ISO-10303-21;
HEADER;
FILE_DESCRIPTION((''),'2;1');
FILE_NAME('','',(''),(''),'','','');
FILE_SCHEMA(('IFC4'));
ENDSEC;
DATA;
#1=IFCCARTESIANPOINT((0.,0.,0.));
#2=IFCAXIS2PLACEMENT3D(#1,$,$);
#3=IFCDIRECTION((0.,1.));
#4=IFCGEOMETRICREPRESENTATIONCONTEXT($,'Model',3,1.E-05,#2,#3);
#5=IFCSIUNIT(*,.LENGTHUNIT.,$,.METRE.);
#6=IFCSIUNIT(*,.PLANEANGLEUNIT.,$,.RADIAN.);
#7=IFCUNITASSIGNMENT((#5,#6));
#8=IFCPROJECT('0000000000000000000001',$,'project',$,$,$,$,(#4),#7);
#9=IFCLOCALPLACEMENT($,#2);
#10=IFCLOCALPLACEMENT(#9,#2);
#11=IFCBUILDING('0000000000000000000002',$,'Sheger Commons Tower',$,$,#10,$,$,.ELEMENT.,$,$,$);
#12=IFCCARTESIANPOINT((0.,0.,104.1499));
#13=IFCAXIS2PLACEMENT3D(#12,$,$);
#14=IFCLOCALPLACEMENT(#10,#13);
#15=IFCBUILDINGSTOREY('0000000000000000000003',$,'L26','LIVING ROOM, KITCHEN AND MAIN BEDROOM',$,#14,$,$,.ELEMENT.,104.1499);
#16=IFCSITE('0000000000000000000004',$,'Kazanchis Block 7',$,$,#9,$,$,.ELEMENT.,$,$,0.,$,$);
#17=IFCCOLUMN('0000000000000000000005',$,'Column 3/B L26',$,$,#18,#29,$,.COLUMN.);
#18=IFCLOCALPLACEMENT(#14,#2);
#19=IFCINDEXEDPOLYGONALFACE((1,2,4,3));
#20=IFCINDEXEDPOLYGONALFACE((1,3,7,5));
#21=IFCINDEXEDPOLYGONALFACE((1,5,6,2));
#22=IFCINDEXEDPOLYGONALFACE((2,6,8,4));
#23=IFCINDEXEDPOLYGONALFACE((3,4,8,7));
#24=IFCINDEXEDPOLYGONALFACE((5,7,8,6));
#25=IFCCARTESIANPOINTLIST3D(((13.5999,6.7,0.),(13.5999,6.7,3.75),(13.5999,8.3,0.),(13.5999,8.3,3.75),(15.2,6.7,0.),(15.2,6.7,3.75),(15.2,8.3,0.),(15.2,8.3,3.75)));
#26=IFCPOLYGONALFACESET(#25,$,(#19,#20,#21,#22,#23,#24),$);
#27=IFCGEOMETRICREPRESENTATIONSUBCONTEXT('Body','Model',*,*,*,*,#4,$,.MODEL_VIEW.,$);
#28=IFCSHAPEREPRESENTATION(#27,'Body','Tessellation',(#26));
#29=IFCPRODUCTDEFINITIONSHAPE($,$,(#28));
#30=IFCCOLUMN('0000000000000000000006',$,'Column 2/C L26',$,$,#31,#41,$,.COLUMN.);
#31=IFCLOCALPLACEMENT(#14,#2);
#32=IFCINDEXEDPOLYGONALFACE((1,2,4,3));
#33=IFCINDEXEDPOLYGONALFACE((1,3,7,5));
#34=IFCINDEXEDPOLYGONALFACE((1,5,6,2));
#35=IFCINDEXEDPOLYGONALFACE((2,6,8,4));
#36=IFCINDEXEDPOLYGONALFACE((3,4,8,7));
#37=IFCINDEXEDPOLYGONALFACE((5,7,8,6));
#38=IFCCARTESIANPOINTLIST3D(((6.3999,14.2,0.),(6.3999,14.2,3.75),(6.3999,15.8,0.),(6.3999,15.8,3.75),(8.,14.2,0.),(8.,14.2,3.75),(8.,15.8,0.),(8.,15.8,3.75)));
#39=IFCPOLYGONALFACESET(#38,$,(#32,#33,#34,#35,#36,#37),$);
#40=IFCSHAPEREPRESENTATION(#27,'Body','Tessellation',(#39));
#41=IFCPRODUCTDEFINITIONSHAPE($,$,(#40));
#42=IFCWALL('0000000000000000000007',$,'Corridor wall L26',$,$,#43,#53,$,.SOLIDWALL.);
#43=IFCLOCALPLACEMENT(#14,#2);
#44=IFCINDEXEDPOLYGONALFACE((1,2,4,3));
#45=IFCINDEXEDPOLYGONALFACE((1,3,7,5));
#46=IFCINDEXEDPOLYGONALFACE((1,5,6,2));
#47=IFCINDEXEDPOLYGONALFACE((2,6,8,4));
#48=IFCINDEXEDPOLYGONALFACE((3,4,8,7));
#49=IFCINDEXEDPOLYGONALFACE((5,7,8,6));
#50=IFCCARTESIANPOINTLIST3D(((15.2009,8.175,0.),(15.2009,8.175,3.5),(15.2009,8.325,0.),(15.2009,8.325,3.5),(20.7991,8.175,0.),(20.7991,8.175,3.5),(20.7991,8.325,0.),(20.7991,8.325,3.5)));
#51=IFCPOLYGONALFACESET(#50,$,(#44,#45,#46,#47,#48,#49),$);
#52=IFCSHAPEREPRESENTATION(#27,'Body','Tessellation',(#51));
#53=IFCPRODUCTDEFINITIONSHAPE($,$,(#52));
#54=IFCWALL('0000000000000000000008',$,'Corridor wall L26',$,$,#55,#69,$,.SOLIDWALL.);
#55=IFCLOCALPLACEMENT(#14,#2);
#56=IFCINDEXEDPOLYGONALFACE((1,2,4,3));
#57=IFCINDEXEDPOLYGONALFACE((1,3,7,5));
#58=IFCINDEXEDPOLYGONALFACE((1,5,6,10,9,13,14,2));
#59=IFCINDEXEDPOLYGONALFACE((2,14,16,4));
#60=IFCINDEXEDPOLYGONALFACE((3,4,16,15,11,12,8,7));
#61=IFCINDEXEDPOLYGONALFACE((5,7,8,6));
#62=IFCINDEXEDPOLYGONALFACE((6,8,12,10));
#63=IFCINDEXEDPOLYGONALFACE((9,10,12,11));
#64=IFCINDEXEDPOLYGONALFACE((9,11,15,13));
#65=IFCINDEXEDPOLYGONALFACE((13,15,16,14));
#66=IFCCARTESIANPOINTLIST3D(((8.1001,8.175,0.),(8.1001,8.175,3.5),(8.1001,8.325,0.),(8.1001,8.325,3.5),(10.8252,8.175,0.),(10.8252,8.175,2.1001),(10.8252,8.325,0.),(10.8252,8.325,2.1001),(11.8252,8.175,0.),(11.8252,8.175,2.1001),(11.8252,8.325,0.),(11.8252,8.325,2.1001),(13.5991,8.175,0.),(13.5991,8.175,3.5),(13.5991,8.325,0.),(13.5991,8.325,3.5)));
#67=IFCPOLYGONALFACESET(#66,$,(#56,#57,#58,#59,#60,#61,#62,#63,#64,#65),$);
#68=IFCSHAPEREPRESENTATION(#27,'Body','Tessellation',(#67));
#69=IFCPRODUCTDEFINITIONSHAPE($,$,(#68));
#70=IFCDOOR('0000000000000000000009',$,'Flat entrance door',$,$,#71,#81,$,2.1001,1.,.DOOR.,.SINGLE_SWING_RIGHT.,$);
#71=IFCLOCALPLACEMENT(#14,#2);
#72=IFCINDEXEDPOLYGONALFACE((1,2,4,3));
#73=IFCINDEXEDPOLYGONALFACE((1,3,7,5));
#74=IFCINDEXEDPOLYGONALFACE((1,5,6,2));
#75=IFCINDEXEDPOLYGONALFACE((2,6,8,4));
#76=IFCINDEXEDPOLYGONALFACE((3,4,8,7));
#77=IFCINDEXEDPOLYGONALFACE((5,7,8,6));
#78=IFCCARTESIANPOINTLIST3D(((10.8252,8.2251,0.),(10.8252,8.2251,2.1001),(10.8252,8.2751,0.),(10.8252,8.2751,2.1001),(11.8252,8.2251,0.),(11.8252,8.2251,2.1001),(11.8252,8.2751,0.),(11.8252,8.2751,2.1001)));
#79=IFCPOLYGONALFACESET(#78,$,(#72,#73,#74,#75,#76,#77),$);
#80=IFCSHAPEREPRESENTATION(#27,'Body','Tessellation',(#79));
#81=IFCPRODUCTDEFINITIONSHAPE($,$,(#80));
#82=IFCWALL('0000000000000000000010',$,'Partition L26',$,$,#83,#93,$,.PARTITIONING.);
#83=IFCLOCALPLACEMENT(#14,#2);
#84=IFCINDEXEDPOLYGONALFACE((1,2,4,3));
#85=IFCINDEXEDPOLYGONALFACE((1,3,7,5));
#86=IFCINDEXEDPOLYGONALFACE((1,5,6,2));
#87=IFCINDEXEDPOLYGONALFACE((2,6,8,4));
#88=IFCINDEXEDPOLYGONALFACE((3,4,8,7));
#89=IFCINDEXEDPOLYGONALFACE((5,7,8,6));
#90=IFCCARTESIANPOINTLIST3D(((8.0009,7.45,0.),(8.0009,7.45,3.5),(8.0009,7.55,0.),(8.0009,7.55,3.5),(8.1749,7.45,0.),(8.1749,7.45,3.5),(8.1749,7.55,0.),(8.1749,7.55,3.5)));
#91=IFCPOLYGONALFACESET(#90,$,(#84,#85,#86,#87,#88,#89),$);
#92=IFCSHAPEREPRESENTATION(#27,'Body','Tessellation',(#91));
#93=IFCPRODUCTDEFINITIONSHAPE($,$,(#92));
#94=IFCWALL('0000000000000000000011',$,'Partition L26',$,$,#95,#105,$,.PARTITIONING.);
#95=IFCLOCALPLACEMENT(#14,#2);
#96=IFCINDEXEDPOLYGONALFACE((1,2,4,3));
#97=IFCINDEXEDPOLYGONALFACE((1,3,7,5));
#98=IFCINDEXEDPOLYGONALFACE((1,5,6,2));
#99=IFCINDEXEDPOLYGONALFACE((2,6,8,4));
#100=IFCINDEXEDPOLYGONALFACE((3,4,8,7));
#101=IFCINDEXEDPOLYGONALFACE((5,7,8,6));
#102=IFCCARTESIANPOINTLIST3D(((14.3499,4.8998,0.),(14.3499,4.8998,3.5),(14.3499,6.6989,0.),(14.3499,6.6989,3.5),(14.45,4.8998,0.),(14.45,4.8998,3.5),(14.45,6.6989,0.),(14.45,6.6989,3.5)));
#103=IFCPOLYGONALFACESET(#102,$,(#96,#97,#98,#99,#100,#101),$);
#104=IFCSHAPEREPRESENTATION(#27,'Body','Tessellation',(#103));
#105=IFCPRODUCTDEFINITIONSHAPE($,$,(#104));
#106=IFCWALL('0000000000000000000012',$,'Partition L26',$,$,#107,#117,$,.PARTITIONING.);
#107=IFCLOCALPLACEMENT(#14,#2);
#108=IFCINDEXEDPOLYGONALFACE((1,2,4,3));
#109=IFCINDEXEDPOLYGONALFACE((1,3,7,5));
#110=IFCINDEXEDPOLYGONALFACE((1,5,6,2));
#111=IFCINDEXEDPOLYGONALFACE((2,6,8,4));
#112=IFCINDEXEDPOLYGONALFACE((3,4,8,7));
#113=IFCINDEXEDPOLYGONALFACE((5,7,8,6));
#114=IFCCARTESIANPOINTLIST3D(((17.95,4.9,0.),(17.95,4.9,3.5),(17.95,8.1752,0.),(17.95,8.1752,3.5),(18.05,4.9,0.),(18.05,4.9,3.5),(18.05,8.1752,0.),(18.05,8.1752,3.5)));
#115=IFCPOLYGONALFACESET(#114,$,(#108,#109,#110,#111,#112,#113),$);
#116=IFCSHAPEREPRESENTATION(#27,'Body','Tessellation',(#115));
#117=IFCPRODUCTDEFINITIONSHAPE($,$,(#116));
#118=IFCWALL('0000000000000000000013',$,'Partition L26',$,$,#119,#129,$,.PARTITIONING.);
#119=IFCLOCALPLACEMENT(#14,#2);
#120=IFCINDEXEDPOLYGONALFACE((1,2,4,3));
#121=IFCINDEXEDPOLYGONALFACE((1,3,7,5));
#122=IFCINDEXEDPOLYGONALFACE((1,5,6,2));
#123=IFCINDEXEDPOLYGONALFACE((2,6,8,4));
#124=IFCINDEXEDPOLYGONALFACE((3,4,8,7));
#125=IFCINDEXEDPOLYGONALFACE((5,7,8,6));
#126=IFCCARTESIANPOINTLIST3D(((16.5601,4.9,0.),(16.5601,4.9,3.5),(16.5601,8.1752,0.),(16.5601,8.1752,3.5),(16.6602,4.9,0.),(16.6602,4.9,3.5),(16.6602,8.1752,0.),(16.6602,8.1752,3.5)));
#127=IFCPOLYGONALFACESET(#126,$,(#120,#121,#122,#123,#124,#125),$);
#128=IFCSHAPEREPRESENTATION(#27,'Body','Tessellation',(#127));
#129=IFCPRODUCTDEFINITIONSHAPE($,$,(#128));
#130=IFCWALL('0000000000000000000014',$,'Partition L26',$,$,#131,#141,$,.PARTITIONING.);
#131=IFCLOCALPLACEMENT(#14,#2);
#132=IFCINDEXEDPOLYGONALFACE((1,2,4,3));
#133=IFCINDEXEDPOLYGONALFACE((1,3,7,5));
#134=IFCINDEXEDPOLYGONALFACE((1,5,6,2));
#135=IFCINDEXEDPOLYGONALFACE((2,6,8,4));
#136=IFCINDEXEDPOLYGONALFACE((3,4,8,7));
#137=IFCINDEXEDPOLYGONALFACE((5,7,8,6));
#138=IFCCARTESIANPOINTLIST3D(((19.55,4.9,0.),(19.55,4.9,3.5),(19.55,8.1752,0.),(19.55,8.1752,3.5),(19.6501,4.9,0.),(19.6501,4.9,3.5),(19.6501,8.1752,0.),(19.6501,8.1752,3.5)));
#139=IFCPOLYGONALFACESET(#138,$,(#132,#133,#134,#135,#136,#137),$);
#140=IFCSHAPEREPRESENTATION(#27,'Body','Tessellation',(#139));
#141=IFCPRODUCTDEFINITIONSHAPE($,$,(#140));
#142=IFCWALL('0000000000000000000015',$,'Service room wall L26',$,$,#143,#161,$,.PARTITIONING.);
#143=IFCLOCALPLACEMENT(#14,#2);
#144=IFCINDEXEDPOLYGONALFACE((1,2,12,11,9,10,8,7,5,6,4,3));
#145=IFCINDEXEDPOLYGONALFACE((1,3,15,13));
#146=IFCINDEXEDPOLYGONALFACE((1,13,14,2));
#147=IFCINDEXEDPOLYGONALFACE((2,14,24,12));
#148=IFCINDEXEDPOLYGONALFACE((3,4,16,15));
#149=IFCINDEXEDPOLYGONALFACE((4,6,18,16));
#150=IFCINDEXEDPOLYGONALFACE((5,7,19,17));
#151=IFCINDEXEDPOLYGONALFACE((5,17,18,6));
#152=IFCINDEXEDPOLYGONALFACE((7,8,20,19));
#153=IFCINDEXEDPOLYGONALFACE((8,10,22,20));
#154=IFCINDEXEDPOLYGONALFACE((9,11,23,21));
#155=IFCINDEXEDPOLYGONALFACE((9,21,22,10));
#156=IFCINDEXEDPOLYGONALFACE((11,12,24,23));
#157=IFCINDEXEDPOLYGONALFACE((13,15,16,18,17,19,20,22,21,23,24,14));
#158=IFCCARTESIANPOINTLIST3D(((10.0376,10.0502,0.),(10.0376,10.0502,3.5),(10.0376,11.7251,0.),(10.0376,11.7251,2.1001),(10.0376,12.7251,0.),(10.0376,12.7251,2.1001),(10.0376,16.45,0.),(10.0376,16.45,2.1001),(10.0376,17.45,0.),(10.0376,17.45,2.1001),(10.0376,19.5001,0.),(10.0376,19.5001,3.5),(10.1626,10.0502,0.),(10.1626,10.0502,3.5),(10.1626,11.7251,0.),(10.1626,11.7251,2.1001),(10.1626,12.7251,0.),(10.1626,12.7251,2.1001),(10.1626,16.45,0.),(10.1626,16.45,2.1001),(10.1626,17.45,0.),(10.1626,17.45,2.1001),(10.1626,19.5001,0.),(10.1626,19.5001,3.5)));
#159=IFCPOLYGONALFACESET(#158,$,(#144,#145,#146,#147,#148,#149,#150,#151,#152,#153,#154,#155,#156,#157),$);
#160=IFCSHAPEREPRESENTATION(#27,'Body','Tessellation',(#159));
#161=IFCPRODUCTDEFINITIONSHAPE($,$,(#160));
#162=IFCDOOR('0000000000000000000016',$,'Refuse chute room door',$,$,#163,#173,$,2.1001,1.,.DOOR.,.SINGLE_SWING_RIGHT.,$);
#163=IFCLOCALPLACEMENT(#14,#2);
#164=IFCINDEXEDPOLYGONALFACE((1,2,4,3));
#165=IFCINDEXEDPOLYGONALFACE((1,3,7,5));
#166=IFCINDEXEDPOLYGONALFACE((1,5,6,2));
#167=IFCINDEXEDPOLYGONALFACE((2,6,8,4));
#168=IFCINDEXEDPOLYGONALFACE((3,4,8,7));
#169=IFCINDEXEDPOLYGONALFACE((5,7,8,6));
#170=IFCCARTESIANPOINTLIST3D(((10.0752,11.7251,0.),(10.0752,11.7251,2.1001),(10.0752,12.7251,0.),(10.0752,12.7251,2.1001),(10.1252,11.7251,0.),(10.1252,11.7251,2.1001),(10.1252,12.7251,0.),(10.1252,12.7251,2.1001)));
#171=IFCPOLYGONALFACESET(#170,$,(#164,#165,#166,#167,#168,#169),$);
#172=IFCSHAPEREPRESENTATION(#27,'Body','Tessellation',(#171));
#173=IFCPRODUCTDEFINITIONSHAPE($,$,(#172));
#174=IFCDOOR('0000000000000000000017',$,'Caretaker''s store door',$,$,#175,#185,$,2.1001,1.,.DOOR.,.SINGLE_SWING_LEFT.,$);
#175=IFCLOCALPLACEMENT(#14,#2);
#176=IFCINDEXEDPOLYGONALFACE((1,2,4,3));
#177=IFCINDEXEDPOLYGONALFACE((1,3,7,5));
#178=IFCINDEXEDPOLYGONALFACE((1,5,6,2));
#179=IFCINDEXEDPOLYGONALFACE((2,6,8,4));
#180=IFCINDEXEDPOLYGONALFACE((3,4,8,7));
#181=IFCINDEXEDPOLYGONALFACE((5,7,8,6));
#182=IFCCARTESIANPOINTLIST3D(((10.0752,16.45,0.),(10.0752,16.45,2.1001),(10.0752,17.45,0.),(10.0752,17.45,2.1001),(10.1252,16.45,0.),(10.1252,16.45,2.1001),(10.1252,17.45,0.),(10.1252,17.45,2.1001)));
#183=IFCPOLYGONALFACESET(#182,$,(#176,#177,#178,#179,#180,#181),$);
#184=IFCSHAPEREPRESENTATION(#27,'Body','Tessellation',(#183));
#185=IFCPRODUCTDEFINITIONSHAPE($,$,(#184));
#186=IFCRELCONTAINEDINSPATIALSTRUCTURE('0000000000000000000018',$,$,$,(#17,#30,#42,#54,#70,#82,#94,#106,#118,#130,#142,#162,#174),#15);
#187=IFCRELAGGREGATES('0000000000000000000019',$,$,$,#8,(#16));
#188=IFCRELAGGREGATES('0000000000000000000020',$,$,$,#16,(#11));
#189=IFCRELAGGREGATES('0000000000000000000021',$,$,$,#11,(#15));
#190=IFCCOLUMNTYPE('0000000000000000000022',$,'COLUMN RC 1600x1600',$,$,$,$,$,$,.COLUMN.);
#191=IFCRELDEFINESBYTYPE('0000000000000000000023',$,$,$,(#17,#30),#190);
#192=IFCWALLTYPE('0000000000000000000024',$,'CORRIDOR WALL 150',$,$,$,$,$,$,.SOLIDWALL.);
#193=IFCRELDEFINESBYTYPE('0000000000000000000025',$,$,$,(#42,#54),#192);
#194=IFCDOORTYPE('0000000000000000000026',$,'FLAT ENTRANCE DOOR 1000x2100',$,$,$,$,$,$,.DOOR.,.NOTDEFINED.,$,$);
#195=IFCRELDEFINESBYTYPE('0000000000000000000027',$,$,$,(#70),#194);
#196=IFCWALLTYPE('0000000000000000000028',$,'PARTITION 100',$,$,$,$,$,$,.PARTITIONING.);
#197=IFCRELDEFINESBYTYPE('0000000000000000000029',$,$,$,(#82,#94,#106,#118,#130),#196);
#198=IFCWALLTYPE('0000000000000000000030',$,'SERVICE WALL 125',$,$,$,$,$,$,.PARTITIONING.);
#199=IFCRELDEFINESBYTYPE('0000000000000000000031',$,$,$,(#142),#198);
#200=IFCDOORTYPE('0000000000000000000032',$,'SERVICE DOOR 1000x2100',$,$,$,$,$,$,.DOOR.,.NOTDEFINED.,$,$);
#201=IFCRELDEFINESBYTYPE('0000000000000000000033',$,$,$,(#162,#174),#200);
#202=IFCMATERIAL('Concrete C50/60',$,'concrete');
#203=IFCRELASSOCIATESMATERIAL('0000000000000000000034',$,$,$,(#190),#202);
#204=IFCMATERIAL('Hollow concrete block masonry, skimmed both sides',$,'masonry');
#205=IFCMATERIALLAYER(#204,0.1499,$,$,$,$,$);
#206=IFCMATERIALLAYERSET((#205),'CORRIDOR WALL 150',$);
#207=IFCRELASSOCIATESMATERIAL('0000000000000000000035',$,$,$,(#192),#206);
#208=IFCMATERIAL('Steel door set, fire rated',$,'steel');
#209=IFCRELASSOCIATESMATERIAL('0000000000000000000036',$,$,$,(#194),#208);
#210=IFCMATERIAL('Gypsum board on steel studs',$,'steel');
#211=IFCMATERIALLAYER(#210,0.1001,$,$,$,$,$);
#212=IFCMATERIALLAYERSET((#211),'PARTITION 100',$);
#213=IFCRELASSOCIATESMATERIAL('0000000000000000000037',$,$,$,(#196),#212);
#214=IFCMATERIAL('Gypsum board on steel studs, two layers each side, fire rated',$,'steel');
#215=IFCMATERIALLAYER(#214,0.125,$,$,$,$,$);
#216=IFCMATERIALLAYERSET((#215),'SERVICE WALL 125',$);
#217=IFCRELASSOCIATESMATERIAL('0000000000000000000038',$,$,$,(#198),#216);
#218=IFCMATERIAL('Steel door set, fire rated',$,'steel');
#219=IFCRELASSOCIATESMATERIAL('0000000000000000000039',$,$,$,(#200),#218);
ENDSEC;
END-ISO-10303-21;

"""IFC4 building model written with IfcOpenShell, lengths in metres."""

from ifc_helpers import new_model, si_unit, direction, frame, frame_2d, origin, origin_2d, place, context, subcontext, project, spatial, rectangle, extrude, material, layer, layer_set, material_profile, profile_set, type_object, element, fill, save


model = new_model("IFC4")

# Units and contexts
model_context = context("Model", 3, precision=1e-05, world=origin(), true_north=direction((0.0, 1.0)))
body_context = subcontext(model_context, "Body", "Model", "MODEL_VIEW")
ifc_project = project(units=[si_unit("LENGTHUNIT", "METRE"), si_unit("PLANEANGLEUNIT", "RADIAN")], contexts=[model_context])

# Site, building, storey
site_placement = place(None, origin())
site = spatial("IfcSite", under=ifc_project, at=site_placement, Name="Kazanchis Block 7", CompositionType="ELEMENT", RefElevation=0.0)
building_placement = place(site_placement, origin())
building = spatial("IfcBuilding", under=site, at=building_placement, Name="Sheger Commons Tower", CompositionType="ELEMENT")
storey_placement = place(building_placement, frame((0.0, 0.0, 104.1499)))
storey = spatial("IfcBuildingStorey", under=building, at=storey_placement, Name="L26", Description="LIVING ROOM, KITCHEN AND MAIN BEDROOM", CompositionType="ELEMENT", Elevation=104.1499)

# Columns
ifc_material_1 = material(Name="Concrete C50/60", Category="concrete")
ifc_material_profile = material_profile(ifc_material_1, rectangle(XDim=1.6001, YDim=1.6001, at=origin_2d()), Name="RC 1600x1600")
ifc_profile_set = profile_set([ifc_material_profile], Name="Concrete C50/60")
column_type = type_object("IfcColumnType", Name="COLUMN RC 1600x1600", PredefinedType="COLUMN", material=ifc_profile_set)
for number, where, z_axis, x_axis, name in (
    (1, (14.3999, 7.5, 0.0), (0.0, 0.0, 1.0), (1.0, 0.0, 0.0), "Column 3/B L26"),
    (2, (7.2, 15.0, 0.0), (0.0, 0.0, 1.0), (1.0, 0.0, 0.0), "Column 2/C L26"),
):
    element("IfcColumn", number, at=place(storey_placement, frame(where, z_axis=z_axis, x_axis=x_axis)), inside=storey, type_object=column_type, Name=name, PredefinedType="COLUMN", context=body_context, shape_type="SweptSolid", body=[
        extrude(rectangle(XDim=1.6001, YDim=1.6001, at=origin_2d()), origin(), (0.0, 0.0, 1.0), 3.75),
    ])

# Wall
ifc_material_2 = material(Name="Hollow concrete block masonry, skimmed both sides", Category="masonry")
ifc_layer_1 = layer(ifc_material_2, 0.1499)
ifc_layer_set_1 = layer_set([ifc_layer_1], Name="CORRIDOR WALL 150")
wall_type_1 = type_object("IfcWallType", Name="CORRIDOR WALL 150", PredefinedType="SOLIDWALL", material=ifc_layer_set_1)
wall_1_placement = place(storey_placement, frame((20.7991, 8.25, 0.0), z_axis=(0.0, 0.0, 1.0), x_axis=(-1.0, 0.0, 0.0)))
element("IfcWall", 3, at=wall_1_placement, inside=storey, type_object=wall_type_1, Name="Corridor wall L26", PredefinedType="SOLIDWALL", context=body_context, shape_type="SweptSolid", body=[
    extrude(rectangle(XDim=5.5981, YDim=0.1499, at=frame_2d((2.7991, 0.0))), origin(), (0.0, 0.0, 1.0), 3.5),
])

# Wall, opening, door
wall_2_placement = place(storey_placement, frame((13.5991, 8.25, 0.0), z_axis=(0.0, 0.0, 1.0), x_axis=(-1.0, 0.0, 0.0)))
wall_2 = element("IfcWall", 4, at=wall_2_placement, inside=storey, type_object=wall_type_1, Name="Corridor wall L26", PredefinedType="SOLIDWALL", context=body_context, shape_type="SweptSolid", body=[
    extrude(rectangle(XDim=5.499, YDim=0.1499, at=frame_2d((2.7495, 0.0))), origin(), (0.0, 0.0, 1.0), 3.5),
])
opening_1_placement = place(wall_2_placement, frame((1.7739, 0.0, 0.0)))
opening_1 = element("IfcOpeningElement", 5, at=opening_1_placement, cuts=wall_2, PredefinedType="OPENING", context=body_context, shape_type="SweptSolid", body=[
    extrude(rectangle(XDim=1.0, YDim=2.1001, at=frame_2d((0.5, 1.05))), frame((0.0, 0.085, 0.0), z_axis=(0.0, -1.0, 0.0), x_axis=(1.0, 0.0, 0.0)), (0.0, 0.0, 1.0), 0.1699),
])
ifc_material_3 = material(Name="Steel door set, fire rated", Category="steel")
door_type_1 = type_object("IfcDoorType", Name="FLAT ENTRANCE DOOR 1000x2100", OperationType="NOTDEFINED", PredefinedType="DOOR", material=ifc_material_3)
door_1_placement = place(opening_1_placement, origin())
door_1 = element("IfcDoor", 6, at=door_1_placement, inside=storey, type_object=door_type_1, Name="Flat entrance door", OperationType="SINGLE_SWING_RIGHT", OverallHeight=2.1001, OverallWidth=1.0, PredefinedType="DOOR", context=body_context, shape_type="SweptSolid", body=[
    extrude(rectangle(XDim=1.0, YDim=2.1001, at=frame_2d((0.5, 1.05))), frame((0.0, 0.0249, 0.0), z_axis=(0.0, -1.0, 0.0), x_axis=(1.0, 0.0, 0.0)), (0.0, 0.0, 1.0), 0.05),
])
fill(opening_1, door_1)

# Walls
ifc_material_4 = material(Name="Gypsum board on steel studs", Category="steel")
ifc_layer_2 = layer(ifc_material_4, 0.1001)
ifc_layer_set_2 = layer_set([ifc_layer_2], Name="PARTITION 100")
wall_type_2 = type_object("IfcWallType", Name="PARTITION 100", PredefinedType="PARTITIONING", material=ifc_layer_set_2)
wall_3_placement = place(storey_placement, frame((8.001, 7.5, 0.0), z_axis=(0.0, 0.0, 1.0), x_axis=(1.0, 0.0, 0.0)))
element("IfcWall", 7, at=wall_3_placement, inside=storey, type_object=wall_type_2, Name="Partition L26", PredefinedType="PARTITIONING", context=body_context, shape_type="SweptSolid", body=[
    extrude(rectangle(XDim=0.1741, YDim=0.1001, at=frame_2d((0.0869, 0.0))), origin(), (0.0, 0.0, 1.0), 3.5),
])
wall_4_placement = place(storey_placement, frame((14.3999, 4.8999, 0.0), z_axis=(0.0, 0.0, 1.0), x_axis=(0.0, 1.0, 0.0)))
element("IfcWall", 8, at=wall_4_placement, inside=storey, type_object=wall_type_2, Name="Partition L26", PredefinedType="PARTITIONING", context=body_context, shape_type="SweptSolid", body=[
    extrude(rectangle(XDim=1.7991, YDim=0.1001, at=frame_2d((0.8994, 0.0))), origin(), (0.0, 0.0, 1.0), 3.5),
])
for number, where, z_axis, x_axis, name in (
    (9, (18.0, 4.8999, 0.0), (0.0, 0.0, 1.0), (0.0, 1.0, 0.0), "Partition L26"),
    (10, (16.6101, 4.8999, 0.0), (0.0, 0.0, 1.0), (0.0, 1.0, 0.0), "Partition L26"),
    (11, (19.6001, 4.8999, 0.0), (0.0, 0.0, 1.0), (0.0, 1.0, 0.0), "Partition L26"),
):
    element("IfcWall", number, at=place(storey_placement, frame(where, z_axis=z_axis, x_axis=x_axis)), inside=storey, type_object=wall_type_2, Name=name, PredefinedType="PARTITIONING", context=body_context, shape_type="SweptSolid", body=[
        extrude(rectangle(XDim=3.2751, YDim=0.1001, at=frame_2d((1.6377, 0.0))), origin(), (0.0, 0.0, 1.0), 3.5),
    ])

# Wall, openings, doors
ifc_material_5 = material(Name="Gypsum board on steel studs, two layers each side, fire rated", Category="steel")
ifc_layer_3 = layer(ifc_material_5, 0.125)
ifc_layer_set_3 = layer_set([ifc_layer_3], Name="SERVICE WALL 125")
wall_type_3 = type_object("IfcWallType", Name="SERVICE WALL 125", PredefinedType="PARTITIONING", material=ifc_layer_set_3)
wall_5_placement = place(storey_placement, frame((10.1001, 10.05, 0.0), z_axis=(0.0, 0.0, 1.0), x_axis=(0.0, 1.0, 0.0)))
wall_5 = element("IfcWall", 12, at=wall_5_placement, inside=storey, type_object=wall_type_3, Name="Service room wall L26", PredefinedType="PARTITIONING", context=body_context, shape_type="SweptSolid", body=[
    extrude(rectangle(XDim=9.45, YDim=0.125, at=frame_2d((4.7251, 0.0))), origin(), (0.0, 0.0, 1.0), 3.5),
])
opening_2_placement = place(wall_5_placement, frame((1.675, 0.0, 0.0)))
opening_2 = element("IfcOpeningElement", 13, at=opening_2_placement, cuts=wall_5, PredefinedType="OPENING", context=body_context, shape_type="SweptSolid", body=[
    extrude(rectangle(XDim=1.0, YDim=2.1001, at=frame_2d((0.5, 1.05))), frame((0.0, 0.0725, 0.0), z_axis=(0.0, -1.0, 0.0), x_axis=(1.0, 0.0, 0.0)), (0.0, 0.0, 1.0), 0.145),
])
opening_3_placement = place(wall_5_placement, frame((6.3999, 0.0, 0.0)))
opening_3 = element("IfcOpeningElement", 14, at=opening_3_placement, cuts=wall_5, PredefinedType="OPENING", context=body_context, shape_type="SweptSolid", body=[
    extrude(rectangle(XDim=1.0, YDim=2.1001, at=frame_2d((0.5, 1.05))), frame((0.0, 0.0725, 0.0), z_axis=(0.0, -1.0, 0.0), x_axis=(1.0, 0.0, 0.0)), (0.0, 0.0, 1.0), 0.145),
])
ifc_material_6 = material(Name="Steel door set, fire rated", Category="steel")
door_type_2 = type_object("IfcDoorType", Name="SERVICE DOOR 1000x2100", OperationType="NOTDEFINED", PredefinedType="DOOR", material=ifc_material_6)
door_2_placement = place(opening_2_placement, origin())
door_2 = element("IfcDoor", 15, at=door_2_placement, inside=storey, type_object=door_type_2, Name="Refuse chute room door", OperationType="SINGLE_SWING_RIGHT", OverallHeight=2.1001, OverallWidth=1.0, PredefinedType="DOOR", context=body_context, shape_type="SweptSolid", body=[
    extrude(rectangle(XDim=1.0, YDim=2.1001, at=frame_2d((0.5, 1.05))), frame((0.0, 0.0249, 0.0), z_axis=(0.0, -1.0, 0.0), x_axis=(1.0, 0.0, 0.0)), (0.0, 0.0, 1.0), 0.05),
])
fill(opening_2, door_2)
door_3_placement = place(opening_3_placement, origin())
door_3 = element("IfcDoor", 16, at=door_3_placement, inside=storey, type_object=door_type_2, Name="Caretaker's store door", OperationType="SINGLE_SWING_LEFT", OverallHeight=2.1001, OverallWidth=1.0, PredefinedType="DOOR", context=body_context, shape_type="SweptSolid", body=[
    extrude(rectangle(XDim=1.0, YDim=2.1001, at=frame_2d((0.5, 1.05))), frame((0.0, 0.0249, 0.0), z_axis=(0.0, -1.0, 0.0), x_axis=(1.0, 0.0, 0.0)), (0.0, 0.0, 1.0), 0.05),
])
fill(opening_3, door_3)

save(model, "model.ifc")
